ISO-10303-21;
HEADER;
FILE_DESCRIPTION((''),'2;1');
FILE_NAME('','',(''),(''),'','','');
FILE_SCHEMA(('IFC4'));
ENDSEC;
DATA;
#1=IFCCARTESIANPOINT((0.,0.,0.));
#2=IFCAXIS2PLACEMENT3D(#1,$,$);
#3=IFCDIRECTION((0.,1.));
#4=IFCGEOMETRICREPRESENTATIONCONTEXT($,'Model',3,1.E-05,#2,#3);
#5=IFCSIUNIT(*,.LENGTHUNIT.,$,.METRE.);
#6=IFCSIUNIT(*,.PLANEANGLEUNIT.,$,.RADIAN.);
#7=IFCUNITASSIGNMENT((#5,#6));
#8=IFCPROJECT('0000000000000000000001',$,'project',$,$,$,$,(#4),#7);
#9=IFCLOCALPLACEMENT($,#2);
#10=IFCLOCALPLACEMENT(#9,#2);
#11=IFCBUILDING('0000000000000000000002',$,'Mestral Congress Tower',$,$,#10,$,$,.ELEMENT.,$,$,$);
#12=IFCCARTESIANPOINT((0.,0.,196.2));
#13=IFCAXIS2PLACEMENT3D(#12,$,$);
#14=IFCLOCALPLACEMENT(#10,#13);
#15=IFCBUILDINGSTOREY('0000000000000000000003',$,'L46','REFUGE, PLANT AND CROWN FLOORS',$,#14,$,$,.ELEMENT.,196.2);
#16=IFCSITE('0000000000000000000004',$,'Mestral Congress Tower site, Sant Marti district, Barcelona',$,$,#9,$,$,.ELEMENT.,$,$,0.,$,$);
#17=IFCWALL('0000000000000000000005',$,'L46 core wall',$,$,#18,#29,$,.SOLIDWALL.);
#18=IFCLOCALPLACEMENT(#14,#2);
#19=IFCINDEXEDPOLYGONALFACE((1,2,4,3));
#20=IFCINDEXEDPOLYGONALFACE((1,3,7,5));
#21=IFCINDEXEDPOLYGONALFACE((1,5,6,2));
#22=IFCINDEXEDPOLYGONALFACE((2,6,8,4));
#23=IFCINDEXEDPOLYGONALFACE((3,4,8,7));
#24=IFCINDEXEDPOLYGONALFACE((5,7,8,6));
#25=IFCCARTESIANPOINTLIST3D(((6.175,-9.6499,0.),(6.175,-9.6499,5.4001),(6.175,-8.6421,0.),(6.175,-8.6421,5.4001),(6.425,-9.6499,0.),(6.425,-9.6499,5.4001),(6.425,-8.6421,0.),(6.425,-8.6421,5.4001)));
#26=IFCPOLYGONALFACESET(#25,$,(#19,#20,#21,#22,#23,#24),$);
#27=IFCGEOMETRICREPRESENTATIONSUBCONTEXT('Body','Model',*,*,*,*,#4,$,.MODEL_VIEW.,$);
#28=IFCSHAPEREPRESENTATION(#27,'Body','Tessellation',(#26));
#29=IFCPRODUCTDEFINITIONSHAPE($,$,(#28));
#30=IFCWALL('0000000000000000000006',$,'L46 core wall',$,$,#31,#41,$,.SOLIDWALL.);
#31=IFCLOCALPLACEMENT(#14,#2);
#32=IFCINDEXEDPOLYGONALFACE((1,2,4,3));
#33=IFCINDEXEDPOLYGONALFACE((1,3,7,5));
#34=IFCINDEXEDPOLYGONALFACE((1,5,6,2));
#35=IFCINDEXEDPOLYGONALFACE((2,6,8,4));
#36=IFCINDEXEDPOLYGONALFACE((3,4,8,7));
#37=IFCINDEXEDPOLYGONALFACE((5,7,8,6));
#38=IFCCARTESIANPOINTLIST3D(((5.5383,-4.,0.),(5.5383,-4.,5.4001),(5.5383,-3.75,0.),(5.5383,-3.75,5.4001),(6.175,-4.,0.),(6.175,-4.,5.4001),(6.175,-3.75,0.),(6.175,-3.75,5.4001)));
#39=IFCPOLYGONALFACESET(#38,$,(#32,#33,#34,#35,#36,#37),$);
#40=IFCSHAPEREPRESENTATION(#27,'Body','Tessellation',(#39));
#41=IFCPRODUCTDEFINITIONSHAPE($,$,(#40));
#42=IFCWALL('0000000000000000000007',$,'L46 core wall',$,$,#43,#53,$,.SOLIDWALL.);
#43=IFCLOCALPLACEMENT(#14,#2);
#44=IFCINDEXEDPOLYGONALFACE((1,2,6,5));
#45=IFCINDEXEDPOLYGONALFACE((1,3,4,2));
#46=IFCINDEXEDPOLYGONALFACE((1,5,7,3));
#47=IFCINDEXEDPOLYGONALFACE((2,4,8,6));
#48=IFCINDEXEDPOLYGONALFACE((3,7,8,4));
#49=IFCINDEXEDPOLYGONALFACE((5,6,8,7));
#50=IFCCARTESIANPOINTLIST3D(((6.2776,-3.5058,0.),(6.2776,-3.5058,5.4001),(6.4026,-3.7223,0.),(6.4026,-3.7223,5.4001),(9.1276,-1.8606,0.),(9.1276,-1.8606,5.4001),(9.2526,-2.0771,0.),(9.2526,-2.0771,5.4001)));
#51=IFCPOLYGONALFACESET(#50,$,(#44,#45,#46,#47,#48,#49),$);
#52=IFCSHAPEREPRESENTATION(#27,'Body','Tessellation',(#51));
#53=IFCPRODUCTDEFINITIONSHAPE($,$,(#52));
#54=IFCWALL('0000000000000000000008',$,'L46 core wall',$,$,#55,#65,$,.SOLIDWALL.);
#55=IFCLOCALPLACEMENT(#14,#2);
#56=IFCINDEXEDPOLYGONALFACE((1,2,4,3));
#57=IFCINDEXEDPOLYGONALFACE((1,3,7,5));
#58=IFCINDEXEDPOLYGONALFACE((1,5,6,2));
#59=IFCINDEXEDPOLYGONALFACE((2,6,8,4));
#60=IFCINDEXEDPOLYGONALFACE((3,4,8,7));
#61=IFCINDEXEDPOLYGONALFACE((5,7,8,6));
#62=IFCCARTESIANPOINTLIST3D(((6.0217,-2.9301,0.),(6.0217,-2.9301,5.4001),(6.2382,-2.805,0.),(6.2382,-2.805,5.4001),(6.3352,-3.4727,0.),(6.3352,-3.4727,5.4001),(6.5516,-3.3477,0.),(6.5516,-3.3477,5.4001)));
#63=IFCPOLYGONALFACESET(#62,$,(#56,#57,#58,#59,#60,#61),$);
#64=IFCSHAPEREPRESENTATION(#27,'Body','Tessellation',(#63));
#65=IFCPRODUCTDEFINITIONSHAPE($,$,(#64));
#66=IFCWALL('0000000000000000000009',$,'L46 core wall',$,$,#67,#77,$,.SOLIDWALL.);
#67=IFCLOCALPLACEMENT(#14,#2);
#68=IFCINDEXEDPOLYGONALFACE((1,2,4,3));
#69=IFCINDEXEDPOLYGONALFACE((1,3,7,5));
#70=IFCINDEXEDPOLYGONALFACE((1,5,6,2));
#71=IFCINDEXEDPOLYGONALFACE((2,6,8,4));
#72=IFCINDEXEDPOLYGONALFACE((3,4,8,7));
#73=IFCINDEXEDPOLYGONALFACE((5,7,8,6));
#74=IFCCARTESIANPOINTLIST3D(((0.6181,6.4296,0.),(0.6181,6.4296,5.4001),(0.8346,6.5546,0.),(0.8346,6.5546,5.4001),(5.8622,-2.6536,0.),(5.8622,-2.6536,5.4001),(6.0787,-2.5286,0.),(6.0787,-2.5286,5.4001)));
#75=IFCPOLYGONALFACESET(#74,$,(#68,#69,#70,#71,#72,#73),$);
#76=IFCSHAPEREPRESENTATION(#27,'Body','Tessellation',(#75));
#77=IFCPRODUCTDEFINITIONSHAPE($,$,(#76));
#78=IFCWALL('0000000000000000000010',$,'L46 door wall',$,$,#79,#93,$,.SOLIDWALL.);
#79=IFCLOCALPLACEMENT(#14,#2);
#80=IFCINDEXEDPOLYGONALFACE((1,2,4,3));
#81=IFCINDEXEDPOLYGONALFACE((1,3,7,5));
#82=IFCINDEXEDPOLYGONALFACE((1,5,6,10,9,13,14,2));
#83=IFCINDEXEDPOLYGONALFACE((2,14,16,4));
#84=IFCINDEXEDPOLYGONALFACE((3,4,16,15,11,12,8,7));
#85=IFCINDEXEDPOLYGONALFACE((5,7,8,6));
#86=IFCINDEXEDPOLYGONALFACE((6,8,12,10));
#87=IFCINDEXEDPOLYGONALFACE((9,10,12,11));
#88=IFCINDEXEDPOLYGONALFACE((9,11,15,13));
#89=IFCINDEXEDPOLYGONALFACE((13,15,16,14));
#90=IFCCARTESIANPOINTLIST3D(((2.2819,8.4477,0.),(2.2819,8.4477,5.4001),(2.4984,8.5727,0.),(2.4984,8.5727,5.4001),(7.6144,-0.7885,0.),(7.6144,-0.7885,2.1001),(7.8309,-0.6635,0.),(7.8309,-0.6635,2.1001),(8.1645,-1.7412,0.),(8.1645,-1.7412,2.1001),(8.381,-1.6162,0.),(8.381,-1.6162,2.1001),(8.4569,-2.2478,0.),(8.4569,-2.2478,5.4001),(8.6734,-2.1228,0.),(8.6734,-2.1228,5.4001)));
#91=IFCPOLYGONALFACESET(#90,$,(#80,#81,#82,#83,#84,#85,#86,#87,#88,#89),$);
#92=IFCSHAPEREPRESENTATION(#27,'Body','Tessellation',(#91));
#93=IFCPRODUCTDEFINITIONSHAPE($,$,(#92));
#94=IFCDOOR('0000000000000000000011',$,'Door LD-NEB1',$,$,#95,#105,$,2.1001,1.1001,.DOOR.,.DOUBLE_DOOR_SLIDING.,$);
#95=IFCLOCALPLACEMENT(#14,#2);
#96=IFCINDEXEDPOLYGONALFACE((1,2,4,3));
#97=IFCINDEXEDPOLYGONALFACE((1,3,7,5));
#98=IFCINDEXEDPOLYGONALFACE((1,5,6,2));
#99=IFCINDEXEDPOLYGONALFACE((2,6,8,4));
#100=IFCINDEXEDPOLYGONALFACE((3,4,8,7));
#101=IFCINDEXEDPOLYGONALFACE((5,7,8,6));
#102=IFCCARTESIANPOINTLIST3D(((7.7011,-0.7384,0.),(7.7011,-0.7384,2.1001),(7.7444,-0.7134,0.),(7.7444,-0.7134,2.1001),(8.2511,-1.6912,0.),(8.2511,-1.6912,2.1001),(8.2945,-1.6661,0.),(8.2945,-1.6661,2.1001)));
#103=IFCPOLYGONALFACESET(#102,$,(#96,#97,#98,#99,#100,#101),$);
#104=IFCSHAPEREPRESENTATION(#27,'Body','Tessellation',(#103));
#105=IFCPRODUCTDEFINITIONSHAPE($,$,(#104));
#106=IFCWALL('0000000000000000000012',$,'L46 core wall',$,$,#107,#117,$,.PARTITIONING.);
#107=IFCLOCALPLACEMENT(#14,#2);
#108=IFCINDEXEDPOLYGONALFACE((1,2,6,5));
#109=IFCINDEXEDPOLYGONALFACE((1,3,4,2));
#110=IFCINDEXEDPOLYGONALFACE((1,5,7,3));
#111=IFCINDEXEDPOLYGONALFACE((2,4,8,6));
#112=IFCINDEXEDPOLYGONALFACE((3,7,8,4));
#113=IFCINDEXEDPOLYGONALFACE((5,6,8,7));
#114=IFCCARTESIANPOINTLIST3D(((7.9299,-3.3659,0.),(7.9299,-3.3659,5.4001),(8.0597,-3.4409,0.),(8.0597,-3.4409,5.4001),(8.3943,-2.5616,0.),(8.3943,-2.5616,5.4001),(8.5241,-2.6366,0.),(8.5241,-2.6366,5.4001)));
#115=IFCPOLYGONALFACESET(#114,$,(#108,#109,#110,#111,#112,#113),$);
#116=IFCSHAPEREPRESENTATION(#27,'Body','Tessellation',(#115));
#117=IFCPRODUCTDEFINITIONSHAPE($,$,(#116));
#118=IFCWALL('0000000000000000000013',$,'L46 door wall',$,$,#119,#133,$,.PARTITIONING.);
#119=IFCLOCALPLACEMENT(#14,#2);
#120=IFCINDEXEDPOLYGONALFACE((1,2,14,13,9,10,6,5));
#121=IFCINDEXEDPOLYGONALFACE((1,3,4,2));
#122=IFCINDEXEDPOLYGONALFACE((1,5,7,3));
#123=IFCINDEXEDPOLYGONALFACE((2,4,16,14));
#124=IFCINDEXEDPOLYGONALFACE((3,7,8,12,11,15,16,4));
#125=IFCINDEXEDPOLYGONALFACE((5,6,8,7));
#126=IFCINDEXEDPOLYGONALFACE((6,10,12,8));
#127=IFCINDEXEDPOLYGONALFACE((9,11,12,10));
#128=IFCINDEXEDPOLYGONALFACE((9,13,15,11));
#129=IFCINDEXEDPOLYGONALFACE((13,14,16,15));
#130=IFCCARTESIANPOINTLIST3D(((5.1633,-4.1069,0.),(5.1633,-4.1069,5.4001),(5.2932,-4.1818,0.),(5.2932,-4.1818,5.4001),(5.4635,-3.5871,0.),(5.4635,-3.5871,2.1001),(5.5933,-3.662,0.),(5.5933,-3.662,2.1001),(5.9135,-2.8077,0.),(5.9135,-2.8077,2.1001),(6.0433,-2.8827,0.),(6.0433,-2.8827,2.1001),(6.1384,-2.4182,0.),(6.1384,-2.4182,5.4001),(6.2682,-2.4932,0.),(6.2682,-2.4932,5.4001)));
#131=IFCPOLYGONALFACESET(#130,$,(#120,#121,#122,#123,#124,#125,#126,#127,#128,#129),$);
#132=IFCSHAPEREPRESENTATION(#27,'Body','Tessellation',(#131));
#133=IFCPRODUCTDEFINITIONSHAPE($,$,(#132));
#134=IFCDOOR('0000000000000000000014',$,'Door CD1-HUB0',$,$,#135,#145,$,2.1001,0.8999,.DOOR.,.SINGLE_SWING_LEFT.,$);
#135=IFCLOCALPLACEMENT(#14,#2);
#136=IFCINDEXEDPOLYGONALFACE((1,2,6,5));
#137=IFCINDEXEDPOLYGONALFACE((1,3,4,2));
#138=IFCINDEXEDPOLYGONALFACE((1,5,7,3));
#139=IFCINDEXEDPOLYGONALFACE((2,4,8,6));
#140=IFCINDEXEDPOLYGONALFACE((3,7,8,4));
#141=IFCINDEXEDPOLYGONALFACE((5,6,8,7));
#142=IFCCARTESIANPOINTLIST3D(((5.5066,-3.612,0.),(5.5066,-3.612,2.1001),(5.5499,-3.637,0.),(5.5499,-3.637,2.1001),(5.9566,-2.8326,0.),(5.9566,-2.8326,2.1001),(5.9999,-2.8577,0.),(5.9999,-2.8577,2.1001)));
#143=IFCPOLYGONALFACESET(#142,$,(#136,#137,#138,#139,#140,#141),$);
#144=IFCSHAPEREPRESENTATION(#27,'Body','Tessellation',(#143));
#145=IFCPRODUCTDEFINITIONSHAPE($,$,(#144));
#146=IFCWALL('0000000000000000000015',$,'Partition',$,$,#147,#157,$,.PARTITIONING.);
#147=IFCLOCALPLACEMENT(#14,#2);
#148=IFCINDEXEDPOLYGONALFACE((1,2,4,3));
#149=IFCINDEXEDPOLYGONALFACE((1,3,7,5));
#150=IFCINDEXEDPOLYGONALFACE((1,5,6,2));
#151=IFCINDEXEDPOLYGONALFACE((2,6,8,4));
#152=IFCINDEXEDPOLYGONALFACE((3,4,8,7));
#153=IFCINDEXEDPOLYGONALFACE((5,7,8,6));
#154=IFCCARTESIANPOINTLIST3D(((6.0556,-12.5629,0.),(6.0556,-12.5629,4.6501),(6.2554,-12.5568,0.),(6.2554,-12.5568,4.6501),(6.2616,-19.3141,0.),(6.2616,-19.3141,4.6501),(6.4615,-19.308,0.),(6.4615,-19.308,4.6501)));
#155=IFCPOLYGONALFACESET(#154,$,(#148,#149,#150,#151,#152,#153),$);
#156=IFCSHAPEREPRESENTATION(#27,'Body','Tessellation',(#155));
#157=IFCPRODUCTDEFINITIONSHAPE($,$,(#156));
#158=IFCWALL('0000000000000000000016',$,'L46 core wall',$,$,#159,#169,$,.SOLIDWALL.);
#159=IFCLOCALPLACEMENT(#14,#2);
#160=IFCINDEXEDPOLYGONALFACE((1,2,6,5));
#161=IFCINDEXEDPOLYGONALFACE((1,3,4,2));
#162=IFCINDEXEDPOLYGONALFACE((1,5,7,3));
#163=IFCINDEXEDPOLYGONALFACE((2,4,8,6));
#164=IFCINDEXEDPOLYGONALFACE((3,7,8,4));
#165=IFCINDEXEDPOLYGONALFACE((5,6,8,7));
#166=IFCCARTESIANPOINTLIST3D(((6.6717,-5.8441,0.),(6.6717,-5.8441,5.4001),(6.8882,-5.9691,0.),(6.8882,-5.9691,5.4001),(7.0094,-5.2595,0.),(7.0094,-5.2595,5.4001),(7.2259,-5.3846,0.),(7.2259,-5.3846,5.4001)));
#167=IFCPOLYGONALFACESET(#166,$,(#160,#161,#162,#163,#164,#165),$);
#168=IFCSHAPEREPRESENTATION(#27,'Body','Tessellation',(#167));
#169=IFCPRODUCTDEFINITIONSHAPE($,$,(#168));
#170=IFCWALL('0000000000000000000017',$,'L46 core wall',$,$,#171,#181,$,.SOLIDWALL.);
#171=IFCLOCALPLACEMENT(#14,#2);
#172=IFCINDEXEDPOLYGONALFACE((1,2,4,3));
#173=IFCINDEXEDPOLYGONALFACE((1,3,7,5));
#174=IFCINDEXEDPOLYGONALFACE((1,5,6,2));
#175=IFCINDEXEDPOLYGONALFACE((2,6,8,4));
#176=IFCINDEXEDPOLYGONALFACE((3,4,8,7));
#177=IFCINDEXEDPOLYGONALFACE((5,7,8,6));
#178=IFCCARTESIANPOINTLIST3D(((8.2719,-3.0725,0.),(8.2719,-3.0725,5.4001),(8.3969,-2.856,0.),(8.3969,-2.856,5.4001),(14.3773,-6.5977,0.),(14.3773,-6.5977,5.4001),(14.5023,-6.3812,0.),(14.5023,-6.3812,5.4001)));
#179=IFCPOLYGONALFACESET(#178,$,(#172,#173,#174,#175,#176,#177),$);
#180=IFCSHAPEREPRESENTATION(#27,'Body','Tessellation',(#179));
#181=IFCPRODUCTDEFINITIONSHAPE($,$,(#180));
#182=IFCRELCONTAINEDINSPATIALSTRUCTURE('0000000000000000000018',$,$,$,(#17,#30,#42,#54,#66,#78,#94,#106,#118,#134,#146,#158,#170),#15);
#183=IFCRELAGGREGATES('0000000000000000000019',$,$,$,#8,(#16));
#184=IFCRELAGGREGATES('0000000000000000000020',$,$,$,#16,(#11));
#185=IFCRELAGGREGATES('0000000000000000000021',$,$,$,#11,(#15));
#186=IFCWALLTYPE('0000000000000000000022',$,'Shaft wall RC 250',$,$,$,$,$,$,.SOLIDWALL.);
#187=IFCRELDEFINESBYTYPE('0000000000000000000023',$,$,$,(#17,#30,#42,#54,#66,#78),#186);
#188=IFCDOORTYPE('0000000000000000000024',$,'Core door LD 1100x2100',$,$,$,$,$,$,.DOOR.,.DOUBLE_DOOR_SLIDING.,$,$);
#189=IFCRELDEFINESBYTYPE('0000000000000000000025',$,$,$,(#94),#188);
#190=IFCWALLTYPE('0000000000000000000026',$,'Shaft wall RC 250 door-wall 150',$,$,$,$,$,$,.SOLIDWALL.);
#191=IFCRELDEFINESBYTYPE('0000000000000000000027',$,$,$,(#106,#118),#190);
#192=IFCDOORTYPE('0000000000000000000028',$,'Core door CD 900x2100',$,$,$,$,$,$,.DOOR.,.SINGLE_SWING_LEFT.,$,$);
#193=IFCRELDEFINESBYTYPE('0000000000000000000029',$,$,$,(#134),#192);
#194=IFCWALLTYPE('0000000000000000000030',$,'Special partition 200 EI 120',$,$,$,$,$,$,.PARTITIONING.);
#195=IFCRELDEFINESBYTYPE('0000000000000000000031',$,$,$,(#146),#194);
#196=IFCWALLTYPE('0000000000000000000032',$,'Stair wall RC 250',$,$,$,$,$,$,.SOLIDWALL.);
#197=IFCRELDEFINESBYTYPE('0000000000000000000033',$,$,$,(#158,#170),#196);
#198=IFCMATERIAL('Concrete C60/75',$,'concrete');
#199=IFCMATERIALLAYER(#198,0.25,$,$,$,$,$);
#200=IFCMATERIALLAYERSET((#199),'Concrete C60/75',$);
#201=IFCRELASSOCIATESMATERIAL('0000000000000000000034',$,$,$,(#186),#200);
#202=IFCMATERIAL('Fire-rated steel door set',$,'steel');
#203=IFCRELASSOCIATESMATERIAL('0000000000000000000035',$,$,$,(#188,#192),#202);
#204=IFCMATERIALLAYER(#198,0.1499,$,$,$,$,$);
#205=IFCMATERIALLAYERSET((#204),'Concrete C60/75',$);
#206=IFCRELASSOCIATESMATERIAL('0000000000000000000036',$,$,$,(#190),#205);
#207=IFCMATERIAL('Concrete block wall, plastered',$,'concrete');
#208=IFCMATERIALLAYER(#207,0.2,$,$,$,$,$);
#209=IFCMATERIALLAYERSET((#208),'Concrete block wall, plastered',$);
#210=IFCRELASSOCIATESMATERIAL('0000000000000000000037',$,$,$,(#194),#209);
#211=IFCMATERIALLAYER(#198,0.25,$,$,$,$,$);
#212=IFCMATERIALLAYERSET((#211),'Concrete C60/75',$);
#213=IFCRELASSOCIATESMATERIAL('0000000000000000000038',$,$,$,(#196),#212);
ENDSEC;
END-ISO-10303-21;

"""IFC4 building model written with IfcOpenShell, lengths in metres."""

from ifc_helpers import new_model, si_unit, direction, frame, frame_2d, origin, place, context, subcontext, project, spatial, rectangle, extrude, material, layer, layer_set, type_object, element, fill, save


model = new_model("IFC4")

# Units and contexts
model_context = context("Model", 3, precision=1e-05, world=origin(), true_north=direction((0.0, 1.0)))
body_context = subcontext(model_context, "Body", "Model", "MODEL_VIEW")
ifc_project = project(units=[si_unit("LENGTHUNIT", "METRE"), si_unit("PLANEANGLEUNIT", "RADIAN")], contexts=[model_context])

# Site, building, storey
site_placement = place(None, origin())
site = spatial("IfcSite", under=ifc_project, at=site_placement, Name="Mestral Congress Tower site, Sant Marti district, Barcelona", CompositionType="ELEMENT", RefElevation=0.0)
building_placement = place(site_placement, origin())
building = spatial("IfcBuilding", under=site, at=building_placement, Name="Mestral Congress Tower", CompositionType="ELEMENT")
storey_placement = place(building_placement, frame((0.0, 0.0, 196.2)))
storey = spatial("IfcBuildingStorey", under=building, at=storey_placement, Name="L46", Description="REFUGE, PLANT AND CROWN FLOORS", CompositionType="ELEMENT", Elevation=196.2)

# Shared definitions
ifc_material_1 = material(Name="Fire-rated steel door set", Category="steel")

# Walls
ifc_material_2 = material(Name="Concrete C60/75", Category="concrete")
ifc_layer_1 = layer(ifc_material_2, 0.25)
ifc_layer_set_1 = layer_set([ifc_layer_1], Name="Concrete C60/75")
wall_type_1 = type_object("IfcWallType", Name="Shaft wall RC 250", PredefinedType="SOLIDWALL", material=ifc_layer_set_1)
wall_1_placement = place(storey_placement, frame((6.3, -9.6499, 0.0), z_axis=(0.0, 0.0, 1.0), x_axis=(0.0, 1.0, 0.0)))
element("IfcWall", 1, at=wall_1_placement, inside=storey, type_object=wall_type_1, Name="L46 core wall", PredefinedType="SOLIDWALL", context=body_context, shape_type="SweptSolid", body=[
    extrude(rectangle(XDim=1.0078, YDim=0.25, at=frame_2d((0.5039, 0.0))), origin(), (0.0, 0.0, 1.0), 5.4001),
])
wall_2_placement = place(storey_placement, frame((5.5383, -3.875, 0.0), z_axis=(0.0, 0.0, 1.0), x_axis=(1.0, 0.0, 0.0)))
element("IfcWall", 2, at=wall_2_placement, inside=storey, type_object=wall_type_1, Name="L46 core wall", PredefinedType="SOLIDWALL", context=body_context, shape_type="SweptSolid", body=[
    extrude(rectangle(XDim=0.6367, YDim=0.25, at=frame_2d((0.3184, 0.0))), origin(), (0.0, 0.0, 1.0), 5.4001),
])
wall_3_placement = place(storey_placement, frame((9.1902, -1.9688, 0.0), z_axis=(0.0, 0.0, 1.0), x_axis=(-0.866057, -0.499945, 0.0)))
element("IfcWall", 3, at=wall_3_placement, inside=storey, type_object=wall_type_1, Name="L46 core wall", PredefinedType="SOLIDWALL", context=body_context, shape_type="SweptSolid", body=[
    extrude(rectangle(XDim=3.2908, YDim=0.25, at=frame_2d((1.6455, 0.0))), origin(), (0.0, 0.0, 1.0), 5.4001),
])
wall_4_placement = place(storey_placement, frame((6.1299, -2.8674, 0.0), z_axis=(0.0, 0.0, 1.0), x_axis=(0.500161, -0.865933, 0.0)))
element("IfcWall", 4, at=wall_4_placement, inside=storey, type_object=wall_type_1, Name="L46 core wall", PredefinedType="SOLIDWALL", context=body_context, shape_type="SweptSolid", body=[
    extrude(rectangle(XDim=0.6267, YDim=0.25, at=frame_2d((0.3135, 0.0))), origin(), (0.0, 0.0, 1.0), 5.4001),
])
wall_5_placement = place(storey_placement, frame((5.9705, -2.5911, 0.0), z_axis=(0.0, 0.0, 1.0), x_axis=(-0.499994, 0.866029, 0.0)))
element("IfcWall", 5, at=wall_5_placement, inside=storey, type_object=wall_type_1, Name="L46 core wall", PredefinedType="SOLIDWALL", context=body_context, shape_type="SweptSolid", body=[
    extrude(rectangle(XDim=10.4883, YDim=0.25, at=frame_2d((5.2441, 0.0))), origin(), (0.0, 0.0, 1.0), 5.4001),
])

# Wall, opening, door
wall_6_placement = place(storey_placement, frame((8.5652, -2.1853, 0.0), z_axis=(0.0, 0.0, 1.0), x_axis=(-0.499998, 0.866027, 0.0)))
wall_6 = element("IfcWall", 6, at=wall_6_placement, inside=storey, type_object=wall_type_1, Name="L46 door wall", PredefinedType="SOLIDWALL", context=body_context, shape_type="SweptSolid", body=[
    extrude(rectangle(XDim=12.3501, YDim=0.25, at=frame_2d((6.175, 0.0))), origin(), (0.0, 0.0, 1.0), 5.4001),
])
opening_1_placement = place(wall_6_placement, frame((0.585, 0.0, 0.0)))
opening_1 = element("IfcOpeningElement", 7, at=opening_1_placement, cuts=wall_6, PredefinedType="OPENING", context=body_context, shape_type="SweptSolid", body=[
    extrude(rectangle(XDim=1.1001, YDim=2.1001, at=frame_2d((0.55, 1.05))), frame((0.0, 0.135, 0.0), z_axis=(0.0, -1.0, 0.0), x_axis=(1.0, 0.0, 0.0)), (0.0, 0.0, 1.0), 0.27),
])
door_type_1 = type_object("IfcDoorType", Name="Core door LD 1100x2100", OperationType="DOUBLE_DOOR_SLIDING", PredefinedType="DOOR", material=ifc_material_1)
door_1_placement = place(opening_1_placement, origin())
door_1 = element("IfcDoor", 8, at=door_1_placement, inside=storey, type_object=door_type_1, Name="Door LD-NEB1", OperationType="DOUBLE_DOOR_SLIDING", OverallHeight=2.1001, OverallWidth=1.1001, PredefinedType="DOOR", context=body_context, shape_type="SweptSolid", body=[
    extrude(rectangle(XDim=1.1001, YDim=2.1001, at=frame_2d((0.55, 1.05))), frame((0.0, 0.0249, 0.0), z_axis=(0.0, -1.0, 0.0), x_axis=(1.0, 0.0, 0.0)), (0.0, 0.0, 1.0), 0.05),
])
fill(opening_1, door_1)

# Wall
ifc_layer_2 = layer(ifc_material_2, 0.1499)
ifc_layer_set_2 = layer_set([ifc_layer_2], Name="Concrete C60/75")
wall_type_2 = type_object("IfcWallType", Name="Shaft wall RC 250 door-wall 150", PredefinedType="SOLIDWALL", material=ifc_layer_set_2)
wall_7_placement = place(storey_placement, frame((8.4592, -2.5991, 0.0), z_axis=(0.0, 0.0, 1.0), x_axis=(-0.500041, -0.866002, 0.0)))
element("IfcWall", 9, at=wall_7_placement, inside=storey, type_object=wall_type_2, Name="L46 core wall", PredefinedType="PARTITIONING", context=body_context, shape_type="SweptSolid", body=[
    extrude(rectangle(XDim=0.9287, YDim=0.1499, at=frame_2d((0.4644, 0.0))), origin(), (0.0, 0.0, 1.0), 5.4001),
])

# Wall, opening, door
wall_8_placement = place(storey_placement, frame((6.2034, -2.4556, 0.0), z_axis=(0.0, 0.0, 1.0), x_axis=(-0.500044, -0.866, 0.0)))
wall_8 = element("IfcWall", 10, at=wall_8_placement, inside=storey, type_object=wall_type_2, Name="L46 door wall", PredefinedType="PARTITIONING", context=body_context, shape_type="SweptSolid", body=[
    extrude(rectangle(XDim=1.95, YDim=0.1499, at=frame_2d((0.9751, 0.0))), origin(), (0.0, 0.0, 1.0), 5.4001),
])
opening_2_placement = place(wall_8_placement, frame((0.45, 0.0, 0.0)))
opening_2 = element("IfcOpeningElement", 11, at=opening_2_placement, cuts=wall_8, PredefinedType="OPENING", context=body_context, shape_type="SweptSolid", body=[
    extrude(rectangle(XDim=0.8999, YDim=2.1001, at=frame_2d((0.45, 1.05))), frame((0.0, 0.085, 0.0), z_axis=(0.0, -1.0, 0.0), x_axis=(1.0, 0.0, 0.0)), (0.0, 0.0, 1.0), 0.1699),
])
door_type_2 = type_object("IfcDoorType", Name="Core door CD 900x2100", OperationType="SINGLE_SWING_LEFT", PredefinedType="DOOR", material=ifc_material_1)
door_2_placement = place(opening_2_placement, origin())
door_2 = element("IfcDoor", 12, at=door_2_placement, inside=storey, type_object=door_type_2, Name="Door CD1-HUB0", OperationType="SINGLE_SWING_LEFT", OverallHeight=2.1001, OverallWidth=0.8999, PredefinedType="DOOR", context=body_context, shape_type="SweptSolid", body=[
    extrude(rectangle(XDim=0.8999, YDim=2.1001, at=frame_2d((0.45, 1.05))), frame((0.0, 0.0249, 0.0), z_axis=(0.0, -1.0, 0.0), x_axis=(1.0, 0.0, 0.0)), (0.0, 0.0, 1.0), 0.05),
])
fill(opening_2, door_2)

# Walls
ifc_material_3 = material(Name="Concrete block wall, plastered", Category="concrete")
ifc_layer_3 = layer(ifc_material_3, 0.2)
ifc_layer_set_3 = layer_set([ifc_layer_3], Name="Concrete block wall, plastered")
wall_type_3 = type_object("IfcWallType", Name="Special partition 200 EI 120", PredefinedType="PARTITIONING", material=ifc_layer_set_3)
wall_9_placement = place(storey_placement, frame((6.1555, -12.5598, 0.0), z_axis=(0.0, 0.0, 1.0), x_axis=(0.030507, -0.999535, 0.0)))
element("IfcWall", 13, at=wall_9_placement, inside=storey, type_object=wall_type_3, Name="Partition", PredefinedType="PARTITIONING", context=body_context, shape_type="SweptSolid", body=[
    extrude(rectangle(XDim=6.7544, YDim=0.2, at=frame_2d((3.3772, 0.0))), origin(), (0.0, 0.0, 1.0), 4.6501),
])
ifc_layer_4 = layer(ifc_material_2, 0.25)
ifc_layer_set_4 = layer_set([ifc_layer_4], Name="Concrete C60/75")
wall_type_4 = type_object("IfcWallType", Name="Stair wall RC 250", PredefinedType="SOLIDWALL", material=ifc_layer_set_4)
wall_10_placement = place(storey_placement, frame((6.78, -5.9065, 0.0), z_axis=(0.0, 0.0, 1.0), x_axis=(0.500223, 0.865896, 0.0)))
element("IfcWall", 14, at=wall_10_placement, inside=storey, type_object=wall_type_4, Name="L46 core wall", PredefinedType="SOLIDWALL", context=body_context, shape_type="SweptSolid", body=[
    extrude(rectangle(XDim=0.675, YDim=0.25, at=frame_2d((0.3374, 0.0))), origin(), (0.0, 0.0, 1.0), 5.4001),
])
wall_11_placement = place(storey_placement, frame((8.3345, -2.9644, 0.0), z_axis=(0.0, 0.0, 1.0), x_axis=(0.866016, -0.500016, 0.0)))
element("IfcWall", 15, at=wall_11_placement, inside=storey, type_object=wall_type_4, Name="L46 core wall", PredefinedType="SOLIDWALL", context=body_context, shape_type="SweptSolid", body=[
    extrude(rectangle(XDim=7.05, YDim=0.25, at=frame_2d((3.5249, 0.0))), origin(), (0.0, 0.0, 1.0), 5.4001),
])

save(model, "model.ifc")
